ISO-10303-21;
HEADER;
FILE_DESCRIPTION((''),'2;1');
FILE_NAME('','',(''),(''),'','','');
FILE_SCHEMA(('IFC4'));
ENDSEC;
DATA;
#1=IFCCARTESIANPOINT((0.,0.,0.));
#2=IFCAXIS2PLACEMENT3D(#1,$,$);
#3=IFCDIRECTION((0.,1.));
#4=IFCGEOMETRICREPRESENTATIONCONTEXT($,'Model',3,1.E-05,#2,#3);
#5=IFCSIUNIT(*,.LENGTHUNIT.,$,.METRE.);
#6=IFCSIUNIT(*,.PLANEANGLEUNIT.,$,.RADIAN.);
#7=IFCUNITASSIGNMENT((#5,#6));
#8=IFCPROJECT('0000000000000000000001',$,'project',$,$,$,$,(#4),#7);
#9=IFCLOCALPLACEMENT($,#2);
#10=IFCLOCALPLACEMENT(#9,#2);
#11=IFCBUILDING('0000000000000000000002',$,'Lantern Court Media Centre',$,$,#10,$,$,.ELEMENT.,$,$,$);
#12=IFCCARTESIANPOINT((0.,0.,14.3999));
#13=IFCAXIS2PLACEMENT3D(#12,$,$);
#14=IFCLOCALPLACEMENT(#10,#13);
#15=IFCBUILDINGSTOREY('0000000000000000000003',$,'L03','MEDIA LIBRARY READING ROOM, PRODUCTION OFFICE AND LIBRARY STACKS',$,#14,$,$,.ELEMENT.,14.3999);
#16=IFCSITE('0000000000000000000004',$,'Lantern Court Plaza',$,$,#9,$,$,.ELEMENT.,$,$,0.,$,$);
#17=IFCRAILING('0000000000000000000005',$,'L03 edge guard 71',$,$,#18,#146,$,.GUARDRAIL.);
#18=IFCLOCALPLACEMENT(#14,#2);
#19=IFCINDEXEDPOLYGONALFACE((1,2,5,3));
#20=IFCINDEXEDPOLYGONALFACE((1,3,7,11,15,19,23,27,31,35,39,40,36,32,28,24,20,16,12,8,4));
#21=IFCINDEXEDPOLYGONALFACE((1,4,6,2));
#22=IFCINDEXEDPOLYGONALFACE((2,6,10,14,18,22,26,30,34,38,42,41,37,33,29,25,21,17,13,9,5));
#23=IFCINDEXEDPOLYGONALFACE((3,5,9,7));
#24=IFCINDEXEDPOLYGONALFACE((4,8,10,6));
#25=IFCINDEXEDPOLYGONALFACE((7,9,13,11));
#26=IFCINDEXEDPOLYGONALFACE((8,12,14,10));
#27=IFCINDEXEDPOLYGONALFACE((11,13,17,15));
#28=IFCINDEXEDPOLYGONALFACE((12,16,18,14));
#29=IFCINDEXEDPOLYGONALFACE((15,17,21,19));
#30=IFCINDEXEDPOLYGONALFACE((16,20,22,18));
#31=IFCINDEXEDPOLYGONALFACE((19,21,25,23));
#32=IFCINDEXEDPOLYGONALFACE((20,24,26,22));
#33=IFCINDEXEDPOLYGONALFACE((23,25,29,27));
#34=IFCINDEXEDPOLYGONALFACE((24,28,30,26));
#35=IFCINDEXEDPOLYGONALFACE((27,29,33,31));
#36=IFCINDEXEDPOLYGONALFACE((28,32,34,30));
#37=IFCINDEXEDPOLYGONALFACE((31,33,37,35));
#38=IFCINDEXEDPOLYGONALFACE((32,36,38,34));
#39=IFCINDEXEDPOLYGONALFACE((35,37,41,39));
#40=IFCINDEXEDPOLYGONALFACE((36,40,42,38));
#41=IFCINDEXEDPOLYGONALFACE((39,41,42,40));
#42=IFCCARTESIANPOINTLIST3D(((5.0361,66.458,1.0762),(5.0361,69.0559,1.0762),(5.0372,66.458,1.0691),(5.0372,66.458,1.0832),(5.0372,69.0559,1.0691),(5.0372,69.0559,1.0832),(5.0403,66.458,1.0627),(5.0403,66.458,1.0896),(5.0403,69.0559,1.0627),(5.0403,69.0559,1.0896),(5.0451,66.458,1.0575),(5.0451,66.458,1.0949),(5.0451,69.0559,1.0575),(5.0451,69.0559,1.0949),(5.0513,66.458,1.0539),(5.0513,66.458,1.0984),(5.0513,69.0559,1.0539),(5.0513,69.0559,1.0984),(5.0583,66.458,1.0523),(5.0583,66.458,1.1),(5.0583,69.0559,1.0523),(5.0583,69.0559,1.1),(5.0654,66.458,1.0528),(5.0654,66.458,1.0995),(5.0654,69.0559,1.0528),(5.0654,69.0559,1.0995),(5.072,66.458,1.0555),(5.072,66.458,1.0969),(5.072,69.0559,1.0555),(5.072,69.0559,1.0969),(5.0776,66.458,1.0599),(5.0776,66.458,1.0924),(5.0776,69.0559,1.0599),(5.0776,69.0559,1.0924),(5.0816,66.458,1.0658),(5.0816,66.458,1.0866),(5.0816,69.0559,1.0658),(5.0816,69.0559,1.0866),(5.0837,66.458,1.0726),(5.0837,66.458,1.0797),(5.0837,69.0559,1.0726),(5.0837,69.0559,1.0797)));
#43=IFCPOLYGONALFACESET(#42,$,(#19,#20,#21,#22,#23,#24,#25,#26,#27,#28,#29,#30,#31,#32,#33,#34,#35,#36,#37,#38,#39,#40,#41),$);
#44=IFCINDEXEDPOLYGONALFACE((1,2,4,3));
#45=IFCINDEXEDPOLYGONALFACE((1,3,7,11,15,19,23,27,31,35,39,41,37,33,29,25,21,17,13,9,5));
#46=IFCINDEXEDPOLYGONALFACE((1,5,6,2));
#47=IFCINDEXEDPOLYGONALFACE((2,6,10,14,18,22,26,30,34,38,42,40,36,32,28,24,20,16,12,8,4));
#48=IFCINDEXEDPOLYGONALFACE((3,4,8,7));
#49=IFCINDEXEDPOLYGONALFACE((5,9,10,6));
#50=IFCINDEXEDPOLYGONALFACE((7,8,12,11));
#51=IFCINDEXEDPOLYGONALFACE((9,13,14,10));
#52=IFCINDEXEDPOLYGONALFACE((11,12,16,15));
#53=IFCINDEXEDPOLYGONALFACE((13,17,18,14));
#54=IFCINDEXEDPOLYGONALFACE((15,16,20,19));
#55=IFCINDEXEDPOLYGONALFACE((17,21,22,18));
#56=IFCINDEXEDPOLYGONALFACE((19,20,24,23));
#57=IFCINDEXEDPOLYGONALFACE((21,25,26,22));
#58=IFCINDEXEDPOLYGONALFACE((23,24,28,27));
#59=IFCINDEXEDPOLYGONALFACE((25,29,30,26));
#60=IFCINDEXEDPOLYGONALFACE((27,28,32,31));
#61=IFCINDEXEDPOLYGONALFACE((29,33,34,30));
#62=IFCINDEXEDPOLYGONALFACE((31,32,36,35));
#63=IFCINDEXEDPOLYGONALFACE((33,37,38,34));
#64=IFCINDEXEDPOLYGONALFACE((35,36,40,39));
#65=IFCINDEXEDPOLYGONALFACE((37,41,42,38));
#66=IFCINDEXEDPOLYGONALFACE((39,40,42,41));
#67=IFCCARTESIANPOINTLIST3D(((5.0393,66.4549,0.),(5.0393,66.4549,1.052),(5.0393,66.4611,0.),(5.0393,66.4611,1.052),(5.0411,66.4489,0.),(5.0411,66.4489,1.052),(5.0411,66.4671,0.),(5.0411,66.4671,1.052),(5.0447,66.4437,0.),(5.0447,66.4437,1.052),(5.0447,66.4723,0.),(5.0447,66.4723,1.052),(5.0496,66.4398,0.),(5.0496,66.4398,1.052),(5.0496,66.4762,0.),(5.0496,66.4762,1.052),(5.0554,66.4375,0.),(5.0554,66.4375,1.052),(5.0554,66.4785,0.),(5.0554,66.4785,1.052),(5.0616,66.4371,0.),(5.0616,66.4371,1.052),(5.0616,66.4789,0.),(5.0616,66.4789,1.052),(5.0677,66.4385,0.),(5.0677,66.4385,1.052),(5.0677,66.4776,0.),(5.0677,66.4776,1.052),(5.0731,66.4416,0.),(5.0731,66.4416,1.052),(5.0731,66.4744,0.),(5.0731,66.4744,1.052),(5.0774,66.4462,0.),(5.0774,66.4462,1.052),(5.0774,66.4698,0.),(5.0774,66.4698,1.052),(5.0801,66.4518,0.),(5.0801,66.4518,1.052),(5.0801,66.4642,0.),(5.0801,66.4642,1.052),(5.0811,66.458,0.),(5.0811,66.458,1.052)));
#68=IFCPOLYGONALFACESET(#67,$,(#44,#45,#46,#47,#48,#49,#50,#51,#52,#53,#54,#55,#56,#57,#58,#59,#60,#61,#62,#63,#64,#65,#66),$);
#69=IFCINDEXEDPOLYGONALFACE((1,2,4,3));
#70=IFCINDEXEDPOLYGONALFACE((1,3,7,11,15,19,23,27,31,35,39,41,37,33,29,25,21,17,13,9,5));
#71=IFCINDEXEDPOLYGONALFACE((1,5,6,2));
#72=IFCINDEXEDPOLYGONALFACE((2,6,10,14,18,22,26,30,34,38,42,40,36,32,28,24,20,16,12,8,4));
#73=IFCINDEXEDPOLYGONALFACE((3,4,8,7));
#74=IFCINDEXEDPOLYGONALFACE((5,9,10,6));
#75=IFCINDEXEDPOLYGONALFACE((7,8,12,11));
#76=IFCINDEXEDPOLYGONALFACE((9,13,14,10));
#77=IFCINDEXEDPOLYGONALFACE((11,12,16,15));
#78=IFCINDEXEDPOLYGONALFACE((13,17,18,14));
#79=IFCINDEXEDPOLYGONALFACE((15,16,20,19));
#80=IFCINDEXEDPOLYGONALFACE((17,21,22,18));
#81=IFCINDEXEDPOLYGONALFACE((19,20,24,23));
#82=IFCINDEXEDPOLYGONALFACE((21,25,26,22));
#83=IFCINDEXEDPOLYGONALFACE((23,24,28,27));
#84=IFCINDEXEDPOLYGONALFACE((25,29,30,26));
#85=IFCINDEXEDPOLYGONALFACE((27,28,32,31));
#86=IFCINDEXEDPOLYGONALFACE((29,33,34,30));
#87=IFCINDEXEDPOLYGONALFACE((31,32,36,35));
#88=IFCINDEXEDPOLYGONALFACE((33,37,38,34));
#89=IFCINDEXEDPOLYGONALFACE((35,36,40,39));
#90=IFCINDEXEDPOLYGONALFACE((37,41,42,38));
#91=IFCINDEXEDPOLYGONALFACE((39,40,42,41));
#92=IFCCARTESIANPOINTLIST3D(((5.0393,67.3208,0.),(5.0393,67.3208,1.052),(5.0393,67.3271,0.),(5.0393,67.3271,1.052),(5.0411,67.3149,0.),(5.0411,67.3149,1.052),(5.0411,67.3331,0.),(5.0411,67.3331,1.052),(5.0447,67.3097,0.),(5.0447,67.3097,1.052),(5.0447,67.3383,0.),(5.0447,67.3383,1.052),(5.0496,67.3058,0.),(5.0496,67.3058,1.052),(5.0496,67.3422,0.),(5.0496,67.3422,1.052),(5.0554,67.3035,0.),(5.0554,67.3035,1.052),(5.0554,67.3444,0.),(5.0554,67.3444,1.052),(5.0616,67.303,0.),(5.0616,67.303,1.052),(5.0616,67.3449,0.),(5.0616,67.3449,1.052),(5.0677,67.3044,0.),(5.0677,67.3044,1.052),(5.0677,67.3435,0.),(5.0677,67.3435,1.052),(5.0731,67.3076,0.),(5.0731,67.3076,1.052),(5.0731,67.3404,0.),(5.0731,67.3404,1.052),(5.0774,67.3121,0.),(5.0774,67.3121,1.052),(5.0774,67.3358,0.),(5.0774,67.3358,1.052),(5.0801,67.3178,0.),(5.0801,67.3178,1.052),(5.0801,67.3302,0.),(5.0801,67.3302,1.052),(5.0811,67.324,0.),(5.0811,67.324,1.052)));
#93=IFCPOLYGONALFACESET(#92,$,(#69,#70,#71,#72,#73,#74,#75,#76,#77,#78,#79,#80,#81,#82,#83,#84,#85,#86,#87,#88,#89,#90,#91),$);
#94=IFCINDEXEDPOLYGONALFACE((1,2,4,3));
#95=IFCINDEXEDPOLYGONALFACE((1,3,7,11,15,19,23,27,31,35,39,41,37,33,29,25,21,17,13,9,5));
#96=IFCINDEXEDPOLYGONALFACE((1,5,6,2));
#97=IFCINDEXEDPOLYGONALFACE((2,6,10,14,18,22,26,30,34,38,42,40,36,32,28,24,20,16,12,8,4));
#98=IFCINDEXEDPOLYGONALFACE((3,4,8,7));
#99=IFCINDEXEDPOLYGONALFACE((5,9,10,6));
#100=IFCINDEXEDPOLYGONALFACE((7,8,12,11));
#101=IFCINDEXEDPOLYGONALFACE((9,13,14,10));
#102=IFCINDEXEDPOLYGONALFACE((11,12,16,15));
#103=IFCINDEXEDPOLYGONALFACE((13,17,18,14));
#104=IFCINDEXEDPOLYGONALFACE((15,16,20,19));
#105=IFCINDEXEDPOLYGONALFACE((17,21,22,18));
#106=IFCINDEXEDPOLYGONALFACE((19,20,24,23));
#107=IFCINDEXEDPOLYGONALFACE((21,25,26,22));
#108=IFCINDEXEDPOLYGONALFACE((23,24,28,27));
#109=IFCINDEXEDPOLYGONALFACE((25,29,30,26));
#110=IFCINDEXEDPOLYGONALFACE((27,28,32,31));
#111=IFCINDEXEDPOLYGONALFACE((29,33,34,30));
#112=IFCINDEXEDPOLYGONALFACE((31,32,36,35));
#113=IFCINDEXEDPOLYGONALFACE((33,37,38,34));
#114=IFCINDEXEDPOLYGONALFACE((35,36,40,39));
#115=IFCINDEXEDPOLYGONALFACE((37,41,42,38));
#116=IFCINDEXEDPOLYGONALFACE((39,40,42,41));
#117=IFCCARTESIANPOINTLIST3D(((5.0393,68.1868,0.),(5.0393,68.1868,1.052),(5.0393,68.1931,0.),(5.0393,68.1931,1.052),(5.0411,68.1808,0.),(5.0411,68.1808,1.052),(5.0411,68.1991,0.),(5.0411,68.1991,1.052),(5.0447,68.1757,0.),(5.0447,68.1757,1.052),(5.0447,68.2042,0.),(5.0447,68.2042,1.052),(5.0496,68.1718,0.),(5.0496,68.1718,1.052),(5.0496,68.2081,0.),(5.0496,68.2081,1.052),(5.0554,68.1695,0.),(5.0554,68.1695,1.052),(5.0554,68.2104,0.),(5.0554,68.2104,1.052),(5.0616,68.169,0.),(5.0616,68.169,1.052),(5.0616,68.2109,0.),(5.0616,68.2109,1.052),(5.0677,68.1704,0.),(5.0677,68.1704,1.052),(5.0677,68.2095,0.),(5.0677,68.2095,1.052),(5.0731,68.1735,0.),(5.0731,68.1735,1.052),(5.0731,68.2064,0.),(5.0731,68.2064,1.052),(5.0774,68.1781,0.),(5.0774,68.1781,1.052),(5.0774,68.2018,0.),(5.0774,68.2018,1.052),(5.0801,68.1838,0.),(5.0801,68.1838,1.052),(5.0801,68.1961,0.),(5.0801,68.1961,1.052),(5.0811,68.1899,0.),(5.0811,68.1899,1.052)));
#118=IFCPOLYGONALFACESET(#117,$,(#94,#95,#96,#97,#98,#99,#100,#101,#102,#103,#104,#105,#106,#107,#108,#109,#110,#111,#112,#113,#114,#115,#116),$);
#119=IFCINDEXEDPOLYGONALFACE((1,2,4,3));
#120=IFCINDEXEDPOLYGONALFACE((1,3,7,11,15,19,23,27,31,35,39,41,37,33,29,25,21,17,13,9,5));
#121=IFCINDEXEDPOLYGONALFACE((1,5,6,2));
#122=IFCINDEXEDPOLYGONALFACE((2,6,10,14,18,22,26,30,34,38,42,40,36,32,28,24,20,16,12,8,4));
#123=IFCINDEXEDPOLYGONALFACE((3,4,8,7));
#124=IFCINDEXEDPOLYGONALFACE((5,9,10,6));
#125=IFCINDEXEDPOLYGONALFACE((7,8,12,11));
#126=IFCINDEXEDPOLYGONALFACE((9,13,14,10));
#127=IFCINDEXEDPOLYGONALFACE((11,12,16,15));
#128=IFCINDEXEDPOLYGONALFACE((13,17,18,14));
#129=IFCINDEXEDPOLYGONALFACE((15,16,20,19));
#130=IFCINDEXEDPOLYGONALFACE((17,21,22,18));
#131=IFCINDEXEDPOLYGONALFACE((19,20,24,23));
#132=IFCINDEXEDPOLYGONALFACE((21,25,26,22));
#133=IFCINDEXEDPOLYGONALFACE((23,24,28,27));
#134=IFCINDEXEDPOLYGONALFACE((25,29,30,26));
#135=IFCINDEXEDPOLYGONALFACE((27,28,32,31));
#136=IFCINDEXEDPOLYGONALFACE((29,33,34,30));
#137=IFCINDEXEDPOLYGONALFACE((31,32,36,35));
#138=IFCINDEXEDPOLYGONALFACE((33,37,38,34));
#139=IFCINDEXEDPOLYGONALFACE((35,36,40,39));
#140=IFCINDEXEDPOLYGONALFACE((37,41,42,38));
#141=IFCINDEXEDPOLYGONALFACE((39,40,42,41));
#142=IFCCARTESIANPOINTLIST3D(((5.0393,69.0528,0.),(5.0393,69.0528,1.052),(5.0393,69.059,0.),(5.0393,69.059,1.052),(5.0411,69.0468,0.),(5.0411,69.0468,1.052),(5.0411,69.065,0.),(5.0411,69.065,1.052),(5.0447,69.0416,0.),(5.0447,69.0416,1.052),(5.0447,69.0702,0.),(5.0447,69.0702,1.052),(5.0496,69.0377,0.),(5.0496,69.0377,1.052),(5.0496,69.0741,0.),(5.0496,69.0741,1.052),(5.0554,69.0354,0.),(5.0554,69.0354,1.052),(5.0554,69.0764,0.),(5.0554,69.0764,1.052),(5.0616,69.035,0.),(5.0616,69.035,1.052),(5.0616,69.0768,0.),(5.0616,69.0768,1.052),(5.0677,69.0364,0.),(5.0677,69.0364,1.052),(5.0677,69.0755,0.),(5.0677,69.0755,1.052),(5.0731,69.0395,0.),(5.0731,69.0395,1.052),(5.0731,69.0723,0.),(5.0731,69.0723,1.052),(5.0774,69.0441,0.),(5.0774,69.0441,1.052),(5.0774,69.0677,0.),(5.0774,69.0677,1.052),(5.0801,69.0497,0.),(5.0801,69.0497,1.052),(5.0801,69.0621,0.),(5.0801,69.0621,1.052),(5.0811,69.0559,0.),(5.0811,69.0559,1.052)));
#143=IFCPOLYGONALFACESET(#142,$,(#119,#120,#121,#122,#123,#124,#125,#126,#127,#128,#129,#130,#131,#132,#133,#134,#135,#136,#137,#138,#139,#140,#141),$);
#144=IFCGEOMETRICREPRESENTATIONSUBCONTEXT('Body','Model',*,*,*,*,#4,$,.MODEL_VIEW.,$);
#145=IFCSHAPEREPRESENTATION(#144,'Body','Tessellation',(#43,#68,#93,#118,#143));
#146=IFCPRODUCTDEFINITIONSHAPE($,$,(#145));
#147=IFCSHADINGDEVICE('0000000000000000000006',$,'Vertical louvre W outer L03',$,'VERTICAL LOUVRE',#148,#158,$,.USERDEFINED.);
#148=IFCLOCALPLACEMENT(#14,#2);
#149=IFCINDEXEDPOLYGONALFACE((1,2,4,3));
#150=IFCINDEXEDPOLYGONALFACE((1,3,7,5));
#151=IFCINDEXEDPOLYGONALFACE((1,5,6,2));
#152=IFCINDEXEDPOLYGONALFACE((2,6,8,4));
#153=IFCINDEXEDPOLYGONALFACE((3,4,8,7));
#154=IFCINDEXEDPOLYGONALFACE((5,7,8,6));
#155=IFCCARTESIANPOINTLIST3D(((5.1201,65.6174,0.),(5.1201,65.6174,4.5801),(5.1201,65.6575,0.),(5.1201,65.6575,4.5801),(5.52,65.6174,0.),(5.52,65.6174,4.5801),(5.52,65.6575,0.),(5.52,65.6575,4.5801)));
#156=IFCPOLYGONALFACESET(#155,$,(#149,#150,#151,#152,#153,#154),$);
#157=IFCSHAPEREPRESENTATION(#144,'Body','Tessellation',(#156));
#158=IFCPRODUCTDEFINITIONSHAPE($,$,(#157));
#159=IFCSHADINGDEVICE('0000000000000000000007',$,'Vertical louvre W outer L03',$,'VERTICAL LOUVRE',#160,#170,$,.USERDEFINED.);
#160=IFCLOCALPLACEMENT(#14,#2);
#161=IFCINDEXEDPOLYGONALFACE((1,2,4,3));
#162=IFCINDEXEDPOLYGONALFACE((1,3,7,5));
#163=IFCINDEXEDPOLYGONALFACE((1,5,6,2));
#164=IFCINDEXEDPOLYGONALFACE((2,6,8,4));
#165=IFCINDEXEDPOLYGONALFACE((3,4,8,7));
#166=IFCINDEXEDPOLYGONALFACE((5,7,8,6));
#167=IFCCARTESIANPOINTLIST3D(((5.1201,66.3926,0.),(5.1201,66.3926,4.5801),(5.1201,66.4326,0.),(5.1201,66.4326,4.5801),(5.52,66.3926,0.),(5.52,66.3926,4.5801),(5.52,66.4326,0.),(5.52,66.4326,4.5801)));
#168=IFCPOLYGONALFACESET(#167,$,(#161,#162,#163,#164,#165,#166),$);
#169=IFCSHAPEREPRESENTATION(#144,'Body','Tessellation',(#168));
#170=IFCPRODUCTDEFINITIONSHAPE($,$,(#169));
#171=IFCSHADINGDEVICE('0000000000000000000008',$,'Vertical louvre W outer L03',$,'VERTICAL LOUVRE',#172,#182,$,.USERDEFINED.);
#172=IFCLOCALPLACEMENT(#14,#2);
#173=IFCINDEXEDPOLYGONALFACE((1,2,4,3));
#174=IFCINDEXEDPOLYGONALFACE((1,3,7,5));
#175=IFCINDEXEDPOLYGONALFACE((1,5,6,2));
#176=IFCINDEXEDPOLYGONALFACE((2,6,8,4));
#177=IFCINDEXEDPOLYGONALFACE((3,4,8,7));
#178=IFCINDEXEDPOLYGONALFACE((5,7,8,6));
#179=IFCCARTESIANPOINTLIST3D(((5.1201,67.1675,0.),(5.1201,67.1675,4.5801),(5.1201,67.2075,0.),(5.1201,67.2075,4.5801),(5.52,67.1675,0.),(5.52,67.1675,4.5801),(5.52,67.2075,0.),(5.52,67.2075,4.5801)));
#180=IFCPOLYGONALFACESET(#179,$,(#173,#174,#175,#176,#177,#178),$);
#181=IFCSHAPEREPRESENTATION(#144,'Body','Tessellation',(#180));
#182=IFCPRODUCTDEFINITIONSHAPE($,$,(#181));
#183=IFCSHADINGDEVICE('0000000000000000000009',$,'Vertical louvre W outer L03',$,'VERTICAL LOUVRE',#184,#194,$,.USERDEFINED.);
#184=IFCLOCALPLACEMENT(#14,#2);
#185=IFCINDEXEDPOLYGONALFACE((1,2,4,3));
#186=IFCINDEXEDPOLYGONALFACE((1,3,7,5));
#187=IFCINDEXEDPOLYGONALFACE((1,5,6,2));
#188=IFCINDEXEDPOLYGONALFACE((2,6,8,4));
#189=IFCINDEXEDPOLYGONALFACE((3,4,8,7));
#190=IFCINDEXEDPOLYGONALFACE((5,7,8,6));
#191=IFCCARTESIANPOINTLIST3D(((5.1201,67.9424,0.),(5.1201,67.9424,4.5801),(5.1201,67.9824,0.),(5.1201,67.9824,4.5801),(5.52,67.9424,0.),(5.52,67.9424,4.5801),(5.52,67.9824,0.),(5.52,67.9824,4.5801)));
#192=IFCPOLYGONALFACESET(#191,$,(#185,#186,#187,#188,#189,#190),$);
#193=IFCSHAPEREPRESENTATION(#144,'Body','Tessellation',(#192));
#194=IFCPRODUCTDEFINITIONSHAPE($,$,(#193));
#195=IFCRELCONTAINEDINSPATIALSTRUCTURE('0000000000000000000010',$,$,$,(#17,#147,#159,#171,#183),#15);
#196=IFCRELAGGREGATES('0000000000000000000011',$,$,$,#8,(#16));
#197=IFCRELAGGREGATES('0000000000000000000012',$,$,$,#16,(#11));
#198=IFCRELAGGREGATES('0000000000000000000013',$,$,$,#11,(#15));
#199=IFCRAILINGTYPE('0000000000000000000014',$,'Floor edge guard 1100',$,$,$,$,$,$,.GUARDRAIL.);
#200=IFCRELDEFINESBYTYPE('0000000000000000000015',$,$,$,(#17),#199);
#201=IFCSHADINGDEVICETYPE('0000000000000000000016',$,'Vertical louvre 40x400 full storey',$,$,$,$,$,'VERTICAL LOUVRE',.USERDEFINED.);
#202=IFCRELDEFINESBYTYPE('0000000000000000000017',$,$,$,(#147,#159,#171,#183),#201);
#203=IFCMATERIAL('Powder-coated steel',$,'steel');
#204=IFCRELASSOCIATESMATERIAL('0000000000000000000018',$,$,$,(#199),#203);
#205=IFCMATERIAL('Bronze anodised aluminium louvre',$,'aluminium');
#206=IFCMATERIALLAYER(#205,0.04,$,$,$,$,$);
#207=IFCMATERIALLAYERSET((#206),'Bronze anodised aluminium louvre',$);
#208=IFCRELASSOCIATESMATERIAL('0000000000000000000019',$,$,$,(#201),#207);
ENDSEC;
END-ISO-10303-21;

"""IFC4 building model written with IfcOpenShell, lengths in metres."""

from ifc_helpers import new_model, si_unit, direction, frame, origin, origin_2d, place, context, subcontext, project, spatial, rectangle, circle, extrude, material, layer, layer_set, type_object, element, save


model = new_model("IFC4")

# Units and contexts
model_context = context("Model", 3, precision=1e-05, world=origin(), true_north=direction((0.0, 1.0)))
body_context = subcontext(model_context, "Body", "Model", "MODEL_VIEW")
ifc_project = project(units=[si_unit("LENGTHUNIT", "METRE"), si_unit("PLANEANGLEUNIT", "RADIAN")], contexts=[model_context])

# Site, building, storey
site_placement = place(None, origin())
site = spatial("IfcSite", under=ifc_project, at=site_placement, Name="Lantern Court Plaza", CompositionType="ELEMENT", RefElevation=0.0)
building_placement = place(site_placement, origin())
building = spatial("IfcBuilding", under=site, at=building_placement, Name="Lantern Court Media Centre", CompositionType="ELEMENT")
storey_placement = place(building_placement, frame((0.0, 0.0, 14.3999)))
storey = spatial("IfcBuildingStorey", under=building, at=storey_placement, Name="L03", Description="MEDIA LIBRARY READING ROOM, PRODUCTION OFFICE AND LIBRARY STACKS", CompositionType="ELEMENT", Elevation=14.3999)

# Railing
ifc_material_1 = material(Name="Powder-coated steel", Category="steel")
railing_type = type_object("IfcRailingType", Name="Floor edge guard 1100", PredefinedType="GUARDRAIL", material=ifc_material_1)
railing_1_placement = place(storey_placement, frame((5.0601, 66.458, 0.0)))
element("IfcRailing", 1, at=railing_1_placement, inside=storey, type_object=railing_type, Name="L03 edge guard 71", PredefinedType="GUARDRAIL", context=body_context, shape_type="SweptSolid", body=[
    extrude(circle(Radius=0.0239, at=origin_2d()), frame((0.0, 0.0, 1.0762), z_axis=(0.0, 1.0, 0.0), x_axis=(-1.0, 0.0, 0.0)), (0.0, 0.0, 1.0), 2.5979),
    extrude(circle(Radius=0.021, at=origin_2d()), origin(), (0.0, 0.0, 1.0), 1.052),
    extrude(circle(Radius=0.021, at=origin_2d()), frame((0.0, 0.866, 0.0)), (0.0, 0.0, 1.0), 1.052),
    extrude(circle(Radius=0.021, at=origin_2d()), frame((0.0, 1.7319, 0.0)), (0.0, 0.0, 1.0), 1.052),
    extrude(circle(Radius=0.021, at=origin_2d()), frame((0.0, 2.5979, 0.0)), (0.0, 0.0, 1.0), 1.052),
])

# Shading devices
ifc_material_2 = material(Name="Bronze anodised aluminium louvre", Category="aluminium")
ifc_layer_1 = layer(ifc_material_2, 0.04)
ifc_layer_set_1 = layer_set([ifc_layer_1], Name="Bronze anodised aluminium louvre")
shading_device_type = type_object("IfcShadingDeviceType", Name="Vertical louvre 40x400 full storey", ElementType="VERTICAL LOUVRE", PredefinedType="USERDEFINED", material=ifc_layer_set_1)
for number, where, z_axis, x_axis, name in (
    (2, (5.3201, 65.6375, 0.0), (0.0, 0.0, 1.0), (1.0, 0.0, 0.0), "Vertical louvre W outer L03"),
    (3, (5.3201, 66.4126, 0.0), (0.0, 0.0, 1.0), (1.0, 0.0, 0.0), "Vertical louvre W outer L03"),
    (4, (5.3201, 67.1875, 0.0), (0.0, 0.0, 1.0), (1.0, 0.0, 0.0), "Vertical louvre W outer L03"),
    (5, (5.3201, 67.9624, 0.0), (0.0, 0.0, 1.0), (1.0, 0.0, 0.0), "Vertical louvre W outer L03"),
):
    element("IfcShadingDevice", number, at=place(storey_placement, frame(where, z_axis=z_axis, x_axis=x_axis)), inside=storey, type_object=shading_device_type, Name=name, ObjectType="VERTICAL LOUVRE", PredefinedType="USERDEFINED", context=body_context, shape_type="SweptSolid", body=[
        extrude(rectangle(XDim=0.3999, YDim=0.04, at=origin_2d()), origin(), (0.0, 0.0, 1.0), 4.5801),
    ])

save(model, "model.ifc")
